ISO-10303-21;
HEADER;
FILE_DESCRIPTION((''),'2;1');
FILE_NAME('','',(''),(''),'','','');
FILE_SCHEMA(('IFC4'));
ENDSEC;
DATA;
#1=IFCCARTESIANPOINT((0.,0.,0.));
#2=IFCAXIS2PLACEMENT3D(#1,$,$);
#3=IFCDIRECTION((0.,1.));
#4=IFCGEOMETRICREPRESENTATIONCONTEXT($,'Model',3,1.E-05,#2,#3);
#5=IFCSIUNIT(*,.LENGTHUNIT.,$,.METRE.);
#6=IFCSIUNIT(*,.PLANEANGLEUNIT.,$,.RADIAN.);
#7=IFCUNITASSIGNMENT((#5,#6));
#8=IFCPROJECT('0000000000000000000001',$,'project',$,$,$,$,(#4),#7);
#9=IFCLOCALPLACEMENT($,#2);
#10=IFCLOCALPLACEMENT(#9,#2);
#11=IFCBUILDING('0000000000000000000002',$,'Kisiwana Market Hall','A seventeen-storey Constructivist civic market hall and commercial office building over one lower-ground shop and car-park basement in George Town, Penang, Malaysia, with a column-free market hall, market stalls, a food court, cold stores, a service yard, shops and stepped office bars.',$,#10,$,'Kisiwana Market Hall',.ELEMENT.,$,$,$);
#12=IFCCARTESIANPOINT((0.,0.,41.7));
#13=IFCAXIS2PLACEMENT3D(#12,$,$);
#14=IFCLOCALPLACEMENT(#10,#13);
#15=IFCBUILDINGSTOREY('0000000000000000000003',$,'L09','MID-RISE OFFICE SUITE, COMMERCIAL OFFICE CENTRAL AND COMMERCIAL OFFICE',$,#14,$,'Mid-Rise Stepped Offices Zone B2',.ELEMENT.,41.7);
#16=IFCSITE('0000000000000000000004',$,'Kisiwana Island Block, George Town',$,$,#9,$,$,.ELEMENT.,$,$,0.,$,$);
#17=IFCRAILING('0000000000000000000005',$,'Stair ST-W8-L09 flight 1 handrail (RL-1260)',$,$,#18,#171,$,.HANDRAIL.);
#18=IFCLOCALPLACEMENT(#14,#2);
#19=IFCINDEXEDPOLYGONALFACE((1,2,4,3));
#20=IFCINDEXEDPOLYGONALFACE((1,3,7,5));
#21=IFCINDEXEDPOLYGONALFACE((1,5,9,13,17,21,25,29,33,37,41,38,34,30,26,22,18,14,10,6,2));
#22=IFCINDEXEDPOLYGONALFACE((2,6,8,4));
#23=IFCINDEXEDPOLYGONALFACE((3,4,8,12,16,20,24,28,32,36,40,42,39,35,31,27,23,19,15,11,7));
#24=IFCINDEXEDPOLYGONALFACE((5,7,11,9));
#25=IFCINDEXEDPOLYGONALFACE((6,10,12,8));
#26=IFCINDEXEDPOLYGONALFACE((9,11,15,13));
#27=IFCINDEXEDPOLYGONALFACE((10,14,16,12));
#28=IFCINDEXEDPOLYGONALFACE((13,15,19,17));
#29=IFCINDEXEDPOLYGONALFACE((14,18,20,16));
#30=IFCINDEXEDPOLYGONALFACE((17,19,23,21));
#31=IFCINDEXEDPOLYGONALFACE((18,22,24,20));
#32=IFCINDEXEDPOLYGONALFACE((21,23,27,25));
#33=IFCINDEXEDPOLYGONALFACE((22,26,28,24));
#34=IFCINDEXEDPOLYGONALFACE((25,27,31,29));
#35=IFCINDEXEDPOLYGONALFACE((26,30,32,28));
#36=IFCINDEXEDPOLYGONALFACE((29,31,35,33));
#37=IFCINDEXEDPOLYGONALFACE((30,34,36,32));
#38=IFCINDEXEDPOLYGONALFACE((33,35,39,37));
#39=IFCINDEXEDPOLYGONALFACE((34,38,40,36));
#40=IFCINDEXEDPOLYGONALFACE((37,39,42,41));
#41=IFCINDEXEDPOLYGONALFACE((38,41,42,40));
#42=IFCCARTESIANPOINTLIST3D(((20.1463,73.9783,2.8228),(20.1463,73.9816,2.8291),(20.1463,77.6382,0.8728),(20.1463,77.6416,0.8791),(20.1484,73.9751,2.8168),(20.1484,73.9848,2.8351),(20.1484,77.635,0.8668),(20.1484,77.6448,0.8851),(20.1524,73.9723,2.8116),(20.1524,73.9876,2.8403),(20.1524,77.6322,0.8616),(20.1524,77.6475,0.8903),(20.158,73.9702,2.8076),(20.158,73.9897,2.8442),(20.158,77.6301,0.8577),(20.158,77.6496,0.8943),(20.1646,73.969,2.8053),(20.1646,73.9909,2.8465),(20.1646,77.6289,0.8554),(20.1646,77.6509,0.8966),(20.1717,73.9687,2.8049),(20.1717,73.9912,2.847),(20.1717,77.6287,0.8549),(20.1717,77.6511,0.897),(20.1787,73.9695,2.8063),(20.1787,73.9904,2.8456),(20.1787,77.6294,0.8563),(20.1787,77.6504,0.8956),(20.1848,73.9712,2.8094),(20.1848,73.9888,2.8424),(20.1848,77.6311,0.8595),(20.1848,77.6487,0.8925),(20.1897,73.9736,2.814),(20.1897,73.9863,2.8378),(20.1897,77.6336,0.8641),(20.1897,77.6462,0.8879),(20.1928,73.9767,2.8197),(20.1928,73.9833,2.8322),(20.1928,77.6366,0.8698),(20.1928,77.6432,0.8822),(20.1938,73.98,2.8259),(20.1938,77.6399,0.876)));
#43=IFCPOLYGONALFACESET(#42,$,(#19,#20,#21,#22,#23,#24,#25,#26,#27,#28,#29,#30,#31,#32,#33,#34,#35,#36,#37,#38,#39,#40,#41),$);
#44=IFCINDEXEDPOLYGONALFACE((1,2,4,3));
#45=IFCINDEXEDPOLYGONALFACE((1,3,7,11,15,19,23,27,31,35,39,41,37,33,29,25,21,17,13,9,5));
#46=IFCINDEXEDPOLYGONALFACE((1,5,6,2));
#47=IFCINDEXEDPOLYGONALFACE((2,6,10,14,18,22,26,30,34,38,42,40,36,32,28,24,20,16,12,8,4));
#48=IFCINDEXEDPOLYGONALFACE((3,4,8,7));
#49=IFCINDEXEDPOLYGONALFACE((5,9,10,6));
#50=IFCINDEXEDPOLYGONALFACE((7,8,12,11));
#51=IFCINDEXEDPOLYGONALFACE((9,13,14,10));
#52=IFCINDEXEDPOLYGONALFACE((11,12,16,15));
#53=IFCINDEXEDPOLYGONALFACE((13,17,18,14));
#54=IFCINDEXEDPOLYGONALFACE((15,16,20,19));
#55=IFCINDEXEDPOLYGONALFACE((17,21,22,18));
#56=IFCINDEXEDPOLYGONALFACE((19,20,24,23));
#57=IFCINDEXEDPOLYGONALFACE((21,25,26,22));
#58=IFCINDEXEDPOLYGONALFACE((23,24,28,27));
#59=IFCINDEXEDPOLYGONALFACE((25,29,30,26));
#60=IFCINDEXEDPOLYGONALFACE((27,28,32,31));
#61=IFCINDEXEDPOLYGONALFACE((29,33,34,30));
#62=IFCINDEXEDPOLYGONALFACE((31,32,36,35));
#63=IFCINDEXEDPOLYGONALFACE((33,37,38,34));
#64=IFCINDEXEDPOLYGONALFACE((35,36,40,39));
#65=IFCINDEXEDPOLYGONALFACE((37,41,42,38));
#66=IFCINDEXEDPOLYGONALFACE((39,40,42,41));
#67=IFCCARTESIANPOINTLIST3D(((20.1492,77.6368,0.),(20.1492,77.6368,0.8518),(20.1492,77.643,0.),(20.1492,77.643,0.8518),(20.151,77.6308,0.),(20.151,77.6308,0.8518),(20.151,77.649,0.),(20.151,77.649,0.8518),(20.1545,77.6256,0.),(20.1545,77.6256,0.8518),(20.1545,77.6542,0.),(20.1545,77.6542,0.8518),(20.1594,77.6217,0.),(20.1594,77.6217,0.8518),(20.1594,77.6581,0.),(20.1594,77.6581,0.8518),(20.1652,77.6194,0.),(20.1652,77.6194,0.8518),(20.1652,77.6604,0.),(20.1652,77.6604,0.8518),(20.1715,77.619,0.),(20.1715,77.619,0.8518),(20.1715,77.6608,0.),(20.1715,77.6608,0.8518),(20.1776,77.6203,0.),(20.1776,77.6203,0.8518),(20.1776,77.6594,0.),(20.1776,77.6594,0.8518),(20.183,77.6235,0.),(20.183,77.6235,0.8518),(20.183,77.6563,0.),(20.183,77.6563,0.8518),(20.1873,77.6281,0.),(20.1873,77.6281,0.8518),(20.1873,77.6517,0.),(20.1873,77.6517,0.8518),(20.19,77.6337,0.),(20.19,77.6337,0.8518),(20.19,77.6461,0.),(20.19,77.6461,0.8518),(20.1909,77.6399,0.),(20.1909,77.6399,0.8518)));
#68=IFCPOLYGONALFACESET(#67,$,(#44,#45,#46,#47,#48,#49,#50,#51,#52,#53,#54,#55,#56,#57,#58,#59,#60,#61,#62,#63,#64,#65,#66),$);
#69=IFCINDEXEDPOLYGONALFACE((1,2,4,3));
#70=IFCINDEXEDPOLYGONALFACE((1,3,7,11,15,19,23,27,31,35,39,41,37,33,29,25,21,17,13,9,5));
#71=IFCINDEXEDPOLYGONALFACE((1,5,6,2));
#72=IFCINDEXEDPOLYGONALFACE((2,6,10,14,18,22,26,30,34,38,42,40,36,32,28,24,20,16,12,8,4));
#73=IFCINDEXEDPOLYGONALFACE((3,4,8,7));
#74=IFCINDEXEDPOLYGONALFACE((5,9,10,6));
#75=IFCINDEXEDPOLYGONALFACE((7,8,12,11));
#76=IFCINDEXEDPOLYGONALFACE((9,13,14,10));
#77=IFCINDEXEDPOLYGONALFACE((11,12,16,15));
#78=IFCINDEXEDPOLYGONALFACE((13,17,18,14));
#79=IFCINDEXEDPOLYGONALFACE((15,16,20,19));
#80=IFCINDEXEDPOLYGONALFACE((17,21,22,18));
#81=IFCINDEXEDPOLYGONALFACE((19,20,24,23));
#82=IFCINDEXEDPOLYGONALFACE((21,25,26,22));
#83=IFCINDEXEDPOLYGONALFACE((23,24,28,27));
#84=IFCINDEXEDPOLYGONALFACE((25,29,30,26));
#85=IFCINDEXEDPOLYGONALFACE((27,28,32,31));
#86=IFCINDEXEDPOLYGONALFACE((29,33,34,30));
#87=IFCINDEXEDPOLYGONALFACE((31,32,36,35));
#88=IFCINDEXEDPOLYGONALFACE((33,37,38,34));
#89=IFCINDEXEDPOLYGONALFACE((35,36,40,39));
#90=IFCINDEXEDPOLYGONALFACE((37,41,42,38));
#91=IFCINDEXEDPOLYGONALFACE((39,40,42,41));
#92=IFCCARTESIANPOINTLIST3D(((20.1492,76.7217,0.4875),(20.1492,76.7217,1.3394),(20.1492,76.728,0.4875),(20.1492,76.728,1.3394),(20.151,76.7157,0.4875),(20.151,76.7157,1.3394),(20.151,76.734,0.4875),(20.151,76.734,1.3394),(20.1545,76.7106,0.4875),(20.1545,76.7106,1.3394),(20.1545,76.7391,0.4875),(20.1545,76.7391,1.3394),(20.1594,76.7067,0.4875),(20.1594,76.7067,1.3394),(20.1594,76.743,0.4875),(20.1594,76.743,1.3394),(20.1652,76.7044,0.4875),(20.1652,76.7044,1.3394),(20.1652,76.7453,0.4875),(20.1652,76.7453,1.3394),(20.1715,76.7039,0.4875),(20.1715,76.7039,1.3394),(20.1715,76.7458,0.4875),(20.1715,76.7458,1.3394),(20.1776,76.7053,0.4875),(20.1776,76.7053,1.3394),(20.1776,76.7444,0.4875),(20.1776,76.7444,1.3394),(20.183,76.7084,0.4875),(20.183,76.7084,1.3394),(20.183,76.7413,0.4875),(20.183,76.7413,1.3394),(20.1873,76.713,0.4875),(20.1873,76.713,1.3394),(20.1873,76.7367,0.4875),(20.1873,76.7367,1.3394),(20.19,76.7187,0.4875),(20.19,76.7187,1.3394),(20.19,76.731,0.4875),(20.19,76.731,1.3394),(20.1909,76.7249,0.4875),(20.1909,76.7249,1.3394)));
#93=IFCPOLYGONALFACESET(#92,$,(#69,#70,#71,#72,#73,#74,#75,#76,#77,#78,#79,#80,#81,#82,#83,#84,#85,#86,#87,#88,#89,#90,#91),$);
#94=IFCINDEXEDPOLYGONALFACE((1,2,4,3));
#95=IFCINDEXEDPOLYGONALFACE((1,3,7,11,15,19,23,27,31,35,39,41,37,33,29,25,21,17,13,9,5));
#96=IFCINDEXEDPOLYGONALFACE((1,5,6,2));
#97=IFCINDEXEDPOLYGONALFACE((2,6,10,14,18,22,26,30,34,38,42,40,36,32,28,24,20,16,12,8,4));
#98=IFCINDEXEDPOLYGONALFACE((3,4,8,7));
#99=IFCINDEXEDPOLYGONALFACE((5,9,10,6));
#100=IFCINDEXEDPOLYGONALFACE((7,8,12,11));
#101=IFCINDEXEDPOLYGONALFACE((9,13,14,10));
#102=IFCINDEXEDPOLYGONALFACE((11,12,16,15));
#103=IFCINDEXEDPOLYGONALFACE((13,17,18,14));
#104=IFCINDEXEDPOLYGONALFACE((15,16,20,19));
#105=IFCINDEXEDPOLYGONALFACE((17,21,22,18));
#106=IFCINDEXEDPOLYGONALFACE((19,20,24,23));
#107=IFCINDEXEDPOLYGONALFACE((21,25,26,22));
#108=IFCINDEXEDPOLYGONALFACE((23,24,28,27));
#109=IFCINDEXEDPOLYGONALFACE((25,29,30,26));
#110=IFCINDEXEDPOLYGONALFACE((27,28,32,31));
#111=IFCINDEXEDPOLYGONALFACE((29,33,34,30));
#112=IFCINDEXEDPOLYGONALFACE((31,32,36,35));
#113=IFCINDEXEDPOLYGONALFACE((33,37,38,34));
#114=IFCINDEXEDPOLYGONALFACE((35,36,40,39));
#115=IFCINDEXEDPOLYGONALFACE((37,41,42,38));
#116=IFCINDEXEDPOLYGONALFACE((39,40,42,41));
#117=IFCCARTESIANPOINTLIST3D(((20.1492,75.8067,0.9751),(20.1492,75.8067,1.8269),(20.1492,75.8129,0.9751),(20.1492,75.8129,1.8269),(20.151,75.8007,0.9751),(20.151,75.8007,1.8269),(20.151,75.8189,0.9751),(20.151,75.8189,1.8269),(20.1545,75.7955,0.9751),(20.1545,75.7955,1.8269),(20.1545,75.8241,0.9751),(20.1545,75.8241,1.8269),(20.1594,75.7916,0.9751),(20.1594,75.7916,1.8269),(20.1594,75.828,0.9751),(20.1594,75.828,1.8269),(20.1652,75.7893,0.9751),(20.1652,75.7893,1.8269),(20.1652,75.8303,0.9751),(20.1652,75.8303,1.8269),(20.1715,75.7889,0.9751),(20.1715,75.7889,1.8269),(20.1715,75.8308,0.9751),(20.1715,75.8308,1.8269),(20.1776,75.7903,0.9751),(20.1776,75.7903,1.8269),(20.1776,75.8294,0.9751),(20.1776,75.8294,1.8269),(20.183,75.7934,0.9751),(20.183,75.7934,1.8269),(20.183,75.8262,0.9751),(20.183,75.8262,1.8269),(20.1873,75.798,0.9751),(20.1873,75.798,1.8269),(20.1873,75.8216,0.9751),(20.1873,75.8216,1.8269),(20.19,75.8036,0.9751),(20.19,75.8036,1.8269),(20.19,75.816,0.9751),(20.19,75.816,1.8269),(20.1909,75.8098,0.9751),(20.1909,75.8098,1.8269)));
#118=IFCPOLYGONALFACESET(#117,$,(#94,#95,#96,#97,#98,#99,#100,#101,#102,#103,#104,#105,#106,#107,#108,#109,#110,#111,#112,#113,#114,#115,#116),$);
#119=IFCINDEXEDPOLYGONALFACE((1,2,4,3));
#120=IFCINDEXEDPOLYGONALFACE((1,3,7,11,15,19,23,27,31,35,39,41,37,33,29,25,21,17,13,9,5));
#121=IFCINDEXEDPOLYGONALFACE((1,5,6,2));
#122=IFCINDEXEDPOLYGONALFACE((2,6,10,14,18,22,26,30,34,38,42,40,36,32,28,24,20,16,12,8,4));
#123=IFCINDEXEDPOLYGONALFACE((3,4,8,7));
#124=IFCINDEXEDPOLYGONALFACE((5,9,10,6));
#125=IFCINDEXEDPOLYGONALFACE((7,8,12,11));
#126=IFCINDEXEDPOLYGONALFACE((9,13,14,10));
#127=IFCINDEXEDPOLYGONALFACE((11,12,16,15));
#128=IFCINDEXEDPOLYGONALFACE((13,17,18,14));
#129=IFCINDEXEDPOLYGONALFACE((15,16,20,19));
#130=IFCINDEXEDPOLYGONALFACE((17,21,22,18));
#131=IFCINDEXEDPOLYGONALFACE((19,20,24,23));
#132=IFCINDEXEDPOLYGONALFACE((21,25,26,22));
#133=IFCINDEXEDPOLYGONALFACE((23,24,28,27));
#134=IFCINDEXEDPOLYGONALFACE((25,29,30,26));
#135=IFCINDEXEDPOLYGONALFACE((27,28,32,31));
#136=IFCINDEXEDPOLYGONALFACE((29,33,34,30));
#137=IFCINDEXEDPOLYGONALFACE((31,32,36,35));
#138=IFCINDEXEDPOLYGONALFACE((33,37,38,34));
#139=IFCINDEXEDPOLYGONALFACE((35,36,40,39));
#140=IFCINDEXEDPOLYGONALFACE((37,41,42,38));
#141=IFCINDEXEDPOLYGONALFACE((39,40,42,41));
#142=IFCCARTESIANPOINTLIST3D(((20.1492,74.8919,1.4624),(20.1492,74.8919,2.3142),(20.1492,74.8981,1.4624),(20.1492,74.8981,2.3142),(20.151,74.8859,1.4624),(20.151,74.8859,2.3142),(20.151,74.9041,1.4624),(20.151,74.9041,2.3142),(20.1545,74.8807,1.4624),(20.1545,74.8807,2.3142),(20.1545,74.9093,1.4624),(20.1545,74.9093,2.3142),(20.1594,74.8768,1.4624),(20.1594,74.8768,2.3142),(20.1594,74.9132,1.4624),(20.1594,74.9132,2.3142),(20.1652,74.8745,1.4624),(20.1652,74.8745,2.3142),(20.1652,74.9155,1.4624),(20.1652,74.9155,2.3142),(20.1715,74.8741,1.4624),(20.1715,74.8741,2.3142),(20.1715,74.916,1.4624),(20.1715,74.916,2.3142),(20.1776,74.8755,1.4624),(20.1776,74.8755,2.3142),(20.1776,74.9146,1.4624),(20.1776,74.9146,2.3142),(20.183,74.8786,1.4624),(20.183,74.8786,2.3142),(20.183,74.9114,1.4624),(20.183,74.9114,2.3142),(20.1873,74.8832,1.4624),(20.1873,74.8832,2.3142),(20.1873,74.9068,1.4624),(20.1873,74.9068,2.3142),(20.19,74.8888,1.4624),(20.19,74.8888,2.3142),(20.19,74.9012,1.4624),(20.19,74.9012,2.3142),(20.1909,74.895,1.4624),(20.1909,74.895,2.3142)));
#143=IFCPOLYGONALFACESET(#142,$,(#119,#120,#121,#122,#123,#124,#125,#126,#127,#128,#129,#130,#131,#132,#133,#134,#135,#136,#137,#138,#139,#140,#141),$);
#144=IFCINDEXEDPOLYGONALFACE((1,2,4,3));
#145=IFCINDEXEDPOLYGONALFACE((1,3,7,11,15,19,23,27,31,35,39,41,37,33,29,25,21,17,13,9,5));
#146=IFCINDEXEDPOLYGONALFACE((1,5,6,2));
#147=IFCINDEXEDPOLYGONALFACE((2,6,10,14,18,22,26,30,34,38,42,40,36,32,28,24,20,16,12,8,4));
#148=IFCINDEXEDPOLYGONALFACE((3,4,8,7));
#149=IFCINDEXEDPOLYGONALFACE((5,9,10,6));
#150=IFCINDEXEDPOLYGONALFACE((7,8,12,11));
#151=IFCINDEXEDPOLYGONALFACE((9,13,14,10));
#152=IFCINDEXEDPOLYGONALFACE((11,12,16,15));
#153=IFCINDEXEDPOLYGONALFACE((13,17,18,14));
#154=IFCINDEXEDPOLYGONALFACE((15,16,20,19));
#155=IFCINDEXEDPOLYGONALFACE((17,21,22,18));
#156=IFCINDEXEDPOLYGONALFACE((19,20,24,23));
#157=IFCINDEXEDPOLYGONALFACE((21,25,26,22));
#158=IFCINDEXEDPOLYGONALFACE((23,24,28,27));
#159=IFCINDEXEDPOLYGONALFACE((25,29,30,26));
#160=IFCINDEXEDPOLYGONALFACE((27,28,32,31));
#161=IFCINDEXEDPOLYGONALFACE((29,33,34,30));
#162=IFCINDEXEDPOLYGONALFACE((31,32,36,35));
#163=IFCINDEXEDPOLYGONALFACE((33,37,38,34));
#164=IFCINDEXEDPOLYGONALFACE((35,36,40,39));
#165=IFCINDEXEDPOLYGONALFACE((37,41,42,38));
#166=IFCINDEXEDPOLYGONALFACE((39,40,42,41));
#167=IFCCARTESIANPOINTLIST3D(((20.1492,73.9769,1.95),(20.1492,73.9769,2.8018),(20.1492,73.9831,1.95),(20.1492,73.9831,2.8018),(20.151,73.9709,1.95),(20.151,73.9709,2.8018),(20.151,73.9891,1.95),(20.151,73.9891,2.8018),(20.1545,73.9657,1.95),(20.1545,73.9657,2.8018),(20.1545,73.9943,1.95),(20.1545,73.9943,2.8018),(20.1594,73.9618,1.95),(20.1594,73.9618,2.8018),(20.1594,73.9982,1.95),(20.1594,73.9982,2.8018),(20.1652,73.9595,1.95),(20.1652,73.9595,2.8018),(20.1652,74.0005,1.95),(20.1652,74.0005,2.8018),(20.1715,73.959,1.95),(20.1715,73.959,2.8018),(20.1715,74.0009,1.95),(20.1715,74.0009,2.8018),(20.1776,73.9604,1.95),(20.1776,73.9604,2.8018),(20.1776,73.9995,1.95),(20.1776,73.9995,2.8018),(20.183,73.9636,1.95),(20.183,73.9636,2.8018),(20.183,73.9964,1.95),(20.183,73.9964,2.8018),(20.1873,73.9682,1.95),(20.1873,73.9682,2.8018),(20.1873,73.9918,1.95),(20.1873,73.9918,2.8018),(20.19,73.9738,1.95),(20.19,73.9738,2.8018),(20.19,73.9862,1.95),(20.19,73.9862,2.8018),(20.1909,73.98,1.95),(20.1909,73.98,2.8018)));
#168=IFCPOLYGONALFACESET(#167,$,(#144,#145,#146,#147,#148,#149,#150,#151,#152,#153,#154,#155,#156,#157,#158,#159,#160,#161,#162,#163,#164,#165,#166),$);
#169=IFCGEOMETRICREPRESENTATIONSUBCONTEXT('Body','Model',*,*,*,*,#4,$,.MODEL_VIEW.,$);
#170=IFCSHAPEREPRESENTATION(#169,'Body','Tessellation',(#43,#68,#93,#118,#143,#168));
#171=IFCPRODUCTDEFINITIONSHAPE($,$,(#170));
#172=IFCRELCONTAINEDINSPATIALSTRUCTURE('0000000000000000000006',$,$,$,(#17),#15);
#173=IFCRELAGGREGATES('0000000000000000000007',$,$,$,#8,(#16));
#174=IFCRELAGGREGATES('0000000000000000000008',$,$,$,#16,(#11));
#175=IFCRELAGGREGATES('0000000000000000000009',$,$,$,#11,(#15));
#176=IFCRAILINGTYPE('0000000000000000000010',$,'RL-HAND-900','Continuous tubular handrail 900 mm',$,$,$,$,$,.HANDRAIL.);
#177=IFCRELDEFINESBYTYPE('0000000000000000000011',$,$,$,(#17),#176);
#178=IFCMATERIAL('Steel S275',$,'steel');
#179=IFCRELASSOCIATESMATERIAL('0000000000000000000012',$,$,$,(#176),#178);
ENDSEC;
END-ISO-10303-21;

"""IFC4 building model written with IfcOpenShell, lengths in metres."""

from ifc_helpers import new_model, si_unit, direction, frame, origin, origin_2d, place, context, subcontext, project, spatial, circle, extrude, material, type_object, element, save


model = new_model("IFC4")

# Units and contexts
model_context = context("Model", 3, precision=1e-05, world=origin(), true_north=direction((0.0, 1.0)))
body_context = subcontext(model_context, "Body", "Model", "MODEL_VIEW")
ifc_project = project(units=[si_unit("LENGTHUNIT", "METRE"), si_unit("PLANEANGLEUNIT", "RADIAN")], contexts=[model_context])

# Site, building, storey
site_placement = place(None, origin())
site = spatial("IfcSite", under=ifc_project, at=site_placement, Name="Kisiwana Island Block, George Town", CompositionType="ELEMENT", RefElevation=0.0)
building_placement = place(site_placement, origin())
building = spatial("IfcBuilding", under=site, at=building_placement, Name="Kisiwana Market Hall", Description="A seventeen-storey Constructivist civic market hall and commercial office building over one lower-ground shop and car-park basement in George Town, Penang, Malaysia, with a column-free market hall, market stalls, a food court, cold stores, a service yard, shops and stepped office bars.", LongName="Kisiwana Market Hall", CompositionType="ELEMENT")
storey_placement = place(building_placement, frame((0.0, 0.0, 41.7)))
storey = spatial("IfcBuildingStorey", under=building, at=storey_placement, Name="L09", Description="MID-RISE OFFICE SUITE, COMMERCIAL OFFICE CENTRAL AND COMMERCIAL OFFICE", LongName="Mid-Rise Stepped Offices Zone B2", CompositionType="ELEMENT", Elevation=41.7)

# Railing
ifc_material_1 = material(Name="Steel S275", Category="steel")
railing_type_1 = type_object("IfcRailingType", Name="RL-HAND-900", Description="Continuous tubular handrail 900 mm", PredefinedType="HANDRAIL", material=ifc_material_1)
railing_1_placement = place(storey_placement, frame((20.1699, 77.6399, 0.0)))
element("IfcRailing", 1, at=railing_1_placement, inside=storey, type_object=railing_type_1, Name="Stair ST-W8-L09 flight 1 handrail (RL-1260)", PredefinedType="HANDRAIL", context=body_context, shape_type="SweptSolid", body=[
    extrude(circle(Radius=0.0239, at=origin_2d()), frame((0.0, 0.0, 0.876), z_axis=(0.0, -0.882553, 0.470212), x_axis=(1.0, 0.0, 0.0)), (0.0, 0.0, 1.0), 4.147),
    extrude(circle(Radius=0.021, at=origin_2d()), origin(), (0.0, 0.0, 1.0), 0.8518),
    extrude(circle(Radius=0.021, at=origin_2d()), frame((0.0, -0.915, 0.4875)), (0.0, 0.0, 1.0), 0.8518),
    extrude(circle(Radius=0.021, at=origin_2d()), frame((0.0, -1.8301, 0.9751)), (0.0, 0.0, 1.0), 0.8518),
    extrude(circle(Radius=0.021, at=origin_2d()), frame((0.0, -2.7449, 1.4624)), (0.0, 0.0, 1.0), 0.8518),
    extrude(circle(Radius=0.021, at=origin_2d()), frame((0.0, -3.6599, 1.95)), (0.0, 0.0, 1.0), 0.8518),
])

save(model, "model.ifc")
